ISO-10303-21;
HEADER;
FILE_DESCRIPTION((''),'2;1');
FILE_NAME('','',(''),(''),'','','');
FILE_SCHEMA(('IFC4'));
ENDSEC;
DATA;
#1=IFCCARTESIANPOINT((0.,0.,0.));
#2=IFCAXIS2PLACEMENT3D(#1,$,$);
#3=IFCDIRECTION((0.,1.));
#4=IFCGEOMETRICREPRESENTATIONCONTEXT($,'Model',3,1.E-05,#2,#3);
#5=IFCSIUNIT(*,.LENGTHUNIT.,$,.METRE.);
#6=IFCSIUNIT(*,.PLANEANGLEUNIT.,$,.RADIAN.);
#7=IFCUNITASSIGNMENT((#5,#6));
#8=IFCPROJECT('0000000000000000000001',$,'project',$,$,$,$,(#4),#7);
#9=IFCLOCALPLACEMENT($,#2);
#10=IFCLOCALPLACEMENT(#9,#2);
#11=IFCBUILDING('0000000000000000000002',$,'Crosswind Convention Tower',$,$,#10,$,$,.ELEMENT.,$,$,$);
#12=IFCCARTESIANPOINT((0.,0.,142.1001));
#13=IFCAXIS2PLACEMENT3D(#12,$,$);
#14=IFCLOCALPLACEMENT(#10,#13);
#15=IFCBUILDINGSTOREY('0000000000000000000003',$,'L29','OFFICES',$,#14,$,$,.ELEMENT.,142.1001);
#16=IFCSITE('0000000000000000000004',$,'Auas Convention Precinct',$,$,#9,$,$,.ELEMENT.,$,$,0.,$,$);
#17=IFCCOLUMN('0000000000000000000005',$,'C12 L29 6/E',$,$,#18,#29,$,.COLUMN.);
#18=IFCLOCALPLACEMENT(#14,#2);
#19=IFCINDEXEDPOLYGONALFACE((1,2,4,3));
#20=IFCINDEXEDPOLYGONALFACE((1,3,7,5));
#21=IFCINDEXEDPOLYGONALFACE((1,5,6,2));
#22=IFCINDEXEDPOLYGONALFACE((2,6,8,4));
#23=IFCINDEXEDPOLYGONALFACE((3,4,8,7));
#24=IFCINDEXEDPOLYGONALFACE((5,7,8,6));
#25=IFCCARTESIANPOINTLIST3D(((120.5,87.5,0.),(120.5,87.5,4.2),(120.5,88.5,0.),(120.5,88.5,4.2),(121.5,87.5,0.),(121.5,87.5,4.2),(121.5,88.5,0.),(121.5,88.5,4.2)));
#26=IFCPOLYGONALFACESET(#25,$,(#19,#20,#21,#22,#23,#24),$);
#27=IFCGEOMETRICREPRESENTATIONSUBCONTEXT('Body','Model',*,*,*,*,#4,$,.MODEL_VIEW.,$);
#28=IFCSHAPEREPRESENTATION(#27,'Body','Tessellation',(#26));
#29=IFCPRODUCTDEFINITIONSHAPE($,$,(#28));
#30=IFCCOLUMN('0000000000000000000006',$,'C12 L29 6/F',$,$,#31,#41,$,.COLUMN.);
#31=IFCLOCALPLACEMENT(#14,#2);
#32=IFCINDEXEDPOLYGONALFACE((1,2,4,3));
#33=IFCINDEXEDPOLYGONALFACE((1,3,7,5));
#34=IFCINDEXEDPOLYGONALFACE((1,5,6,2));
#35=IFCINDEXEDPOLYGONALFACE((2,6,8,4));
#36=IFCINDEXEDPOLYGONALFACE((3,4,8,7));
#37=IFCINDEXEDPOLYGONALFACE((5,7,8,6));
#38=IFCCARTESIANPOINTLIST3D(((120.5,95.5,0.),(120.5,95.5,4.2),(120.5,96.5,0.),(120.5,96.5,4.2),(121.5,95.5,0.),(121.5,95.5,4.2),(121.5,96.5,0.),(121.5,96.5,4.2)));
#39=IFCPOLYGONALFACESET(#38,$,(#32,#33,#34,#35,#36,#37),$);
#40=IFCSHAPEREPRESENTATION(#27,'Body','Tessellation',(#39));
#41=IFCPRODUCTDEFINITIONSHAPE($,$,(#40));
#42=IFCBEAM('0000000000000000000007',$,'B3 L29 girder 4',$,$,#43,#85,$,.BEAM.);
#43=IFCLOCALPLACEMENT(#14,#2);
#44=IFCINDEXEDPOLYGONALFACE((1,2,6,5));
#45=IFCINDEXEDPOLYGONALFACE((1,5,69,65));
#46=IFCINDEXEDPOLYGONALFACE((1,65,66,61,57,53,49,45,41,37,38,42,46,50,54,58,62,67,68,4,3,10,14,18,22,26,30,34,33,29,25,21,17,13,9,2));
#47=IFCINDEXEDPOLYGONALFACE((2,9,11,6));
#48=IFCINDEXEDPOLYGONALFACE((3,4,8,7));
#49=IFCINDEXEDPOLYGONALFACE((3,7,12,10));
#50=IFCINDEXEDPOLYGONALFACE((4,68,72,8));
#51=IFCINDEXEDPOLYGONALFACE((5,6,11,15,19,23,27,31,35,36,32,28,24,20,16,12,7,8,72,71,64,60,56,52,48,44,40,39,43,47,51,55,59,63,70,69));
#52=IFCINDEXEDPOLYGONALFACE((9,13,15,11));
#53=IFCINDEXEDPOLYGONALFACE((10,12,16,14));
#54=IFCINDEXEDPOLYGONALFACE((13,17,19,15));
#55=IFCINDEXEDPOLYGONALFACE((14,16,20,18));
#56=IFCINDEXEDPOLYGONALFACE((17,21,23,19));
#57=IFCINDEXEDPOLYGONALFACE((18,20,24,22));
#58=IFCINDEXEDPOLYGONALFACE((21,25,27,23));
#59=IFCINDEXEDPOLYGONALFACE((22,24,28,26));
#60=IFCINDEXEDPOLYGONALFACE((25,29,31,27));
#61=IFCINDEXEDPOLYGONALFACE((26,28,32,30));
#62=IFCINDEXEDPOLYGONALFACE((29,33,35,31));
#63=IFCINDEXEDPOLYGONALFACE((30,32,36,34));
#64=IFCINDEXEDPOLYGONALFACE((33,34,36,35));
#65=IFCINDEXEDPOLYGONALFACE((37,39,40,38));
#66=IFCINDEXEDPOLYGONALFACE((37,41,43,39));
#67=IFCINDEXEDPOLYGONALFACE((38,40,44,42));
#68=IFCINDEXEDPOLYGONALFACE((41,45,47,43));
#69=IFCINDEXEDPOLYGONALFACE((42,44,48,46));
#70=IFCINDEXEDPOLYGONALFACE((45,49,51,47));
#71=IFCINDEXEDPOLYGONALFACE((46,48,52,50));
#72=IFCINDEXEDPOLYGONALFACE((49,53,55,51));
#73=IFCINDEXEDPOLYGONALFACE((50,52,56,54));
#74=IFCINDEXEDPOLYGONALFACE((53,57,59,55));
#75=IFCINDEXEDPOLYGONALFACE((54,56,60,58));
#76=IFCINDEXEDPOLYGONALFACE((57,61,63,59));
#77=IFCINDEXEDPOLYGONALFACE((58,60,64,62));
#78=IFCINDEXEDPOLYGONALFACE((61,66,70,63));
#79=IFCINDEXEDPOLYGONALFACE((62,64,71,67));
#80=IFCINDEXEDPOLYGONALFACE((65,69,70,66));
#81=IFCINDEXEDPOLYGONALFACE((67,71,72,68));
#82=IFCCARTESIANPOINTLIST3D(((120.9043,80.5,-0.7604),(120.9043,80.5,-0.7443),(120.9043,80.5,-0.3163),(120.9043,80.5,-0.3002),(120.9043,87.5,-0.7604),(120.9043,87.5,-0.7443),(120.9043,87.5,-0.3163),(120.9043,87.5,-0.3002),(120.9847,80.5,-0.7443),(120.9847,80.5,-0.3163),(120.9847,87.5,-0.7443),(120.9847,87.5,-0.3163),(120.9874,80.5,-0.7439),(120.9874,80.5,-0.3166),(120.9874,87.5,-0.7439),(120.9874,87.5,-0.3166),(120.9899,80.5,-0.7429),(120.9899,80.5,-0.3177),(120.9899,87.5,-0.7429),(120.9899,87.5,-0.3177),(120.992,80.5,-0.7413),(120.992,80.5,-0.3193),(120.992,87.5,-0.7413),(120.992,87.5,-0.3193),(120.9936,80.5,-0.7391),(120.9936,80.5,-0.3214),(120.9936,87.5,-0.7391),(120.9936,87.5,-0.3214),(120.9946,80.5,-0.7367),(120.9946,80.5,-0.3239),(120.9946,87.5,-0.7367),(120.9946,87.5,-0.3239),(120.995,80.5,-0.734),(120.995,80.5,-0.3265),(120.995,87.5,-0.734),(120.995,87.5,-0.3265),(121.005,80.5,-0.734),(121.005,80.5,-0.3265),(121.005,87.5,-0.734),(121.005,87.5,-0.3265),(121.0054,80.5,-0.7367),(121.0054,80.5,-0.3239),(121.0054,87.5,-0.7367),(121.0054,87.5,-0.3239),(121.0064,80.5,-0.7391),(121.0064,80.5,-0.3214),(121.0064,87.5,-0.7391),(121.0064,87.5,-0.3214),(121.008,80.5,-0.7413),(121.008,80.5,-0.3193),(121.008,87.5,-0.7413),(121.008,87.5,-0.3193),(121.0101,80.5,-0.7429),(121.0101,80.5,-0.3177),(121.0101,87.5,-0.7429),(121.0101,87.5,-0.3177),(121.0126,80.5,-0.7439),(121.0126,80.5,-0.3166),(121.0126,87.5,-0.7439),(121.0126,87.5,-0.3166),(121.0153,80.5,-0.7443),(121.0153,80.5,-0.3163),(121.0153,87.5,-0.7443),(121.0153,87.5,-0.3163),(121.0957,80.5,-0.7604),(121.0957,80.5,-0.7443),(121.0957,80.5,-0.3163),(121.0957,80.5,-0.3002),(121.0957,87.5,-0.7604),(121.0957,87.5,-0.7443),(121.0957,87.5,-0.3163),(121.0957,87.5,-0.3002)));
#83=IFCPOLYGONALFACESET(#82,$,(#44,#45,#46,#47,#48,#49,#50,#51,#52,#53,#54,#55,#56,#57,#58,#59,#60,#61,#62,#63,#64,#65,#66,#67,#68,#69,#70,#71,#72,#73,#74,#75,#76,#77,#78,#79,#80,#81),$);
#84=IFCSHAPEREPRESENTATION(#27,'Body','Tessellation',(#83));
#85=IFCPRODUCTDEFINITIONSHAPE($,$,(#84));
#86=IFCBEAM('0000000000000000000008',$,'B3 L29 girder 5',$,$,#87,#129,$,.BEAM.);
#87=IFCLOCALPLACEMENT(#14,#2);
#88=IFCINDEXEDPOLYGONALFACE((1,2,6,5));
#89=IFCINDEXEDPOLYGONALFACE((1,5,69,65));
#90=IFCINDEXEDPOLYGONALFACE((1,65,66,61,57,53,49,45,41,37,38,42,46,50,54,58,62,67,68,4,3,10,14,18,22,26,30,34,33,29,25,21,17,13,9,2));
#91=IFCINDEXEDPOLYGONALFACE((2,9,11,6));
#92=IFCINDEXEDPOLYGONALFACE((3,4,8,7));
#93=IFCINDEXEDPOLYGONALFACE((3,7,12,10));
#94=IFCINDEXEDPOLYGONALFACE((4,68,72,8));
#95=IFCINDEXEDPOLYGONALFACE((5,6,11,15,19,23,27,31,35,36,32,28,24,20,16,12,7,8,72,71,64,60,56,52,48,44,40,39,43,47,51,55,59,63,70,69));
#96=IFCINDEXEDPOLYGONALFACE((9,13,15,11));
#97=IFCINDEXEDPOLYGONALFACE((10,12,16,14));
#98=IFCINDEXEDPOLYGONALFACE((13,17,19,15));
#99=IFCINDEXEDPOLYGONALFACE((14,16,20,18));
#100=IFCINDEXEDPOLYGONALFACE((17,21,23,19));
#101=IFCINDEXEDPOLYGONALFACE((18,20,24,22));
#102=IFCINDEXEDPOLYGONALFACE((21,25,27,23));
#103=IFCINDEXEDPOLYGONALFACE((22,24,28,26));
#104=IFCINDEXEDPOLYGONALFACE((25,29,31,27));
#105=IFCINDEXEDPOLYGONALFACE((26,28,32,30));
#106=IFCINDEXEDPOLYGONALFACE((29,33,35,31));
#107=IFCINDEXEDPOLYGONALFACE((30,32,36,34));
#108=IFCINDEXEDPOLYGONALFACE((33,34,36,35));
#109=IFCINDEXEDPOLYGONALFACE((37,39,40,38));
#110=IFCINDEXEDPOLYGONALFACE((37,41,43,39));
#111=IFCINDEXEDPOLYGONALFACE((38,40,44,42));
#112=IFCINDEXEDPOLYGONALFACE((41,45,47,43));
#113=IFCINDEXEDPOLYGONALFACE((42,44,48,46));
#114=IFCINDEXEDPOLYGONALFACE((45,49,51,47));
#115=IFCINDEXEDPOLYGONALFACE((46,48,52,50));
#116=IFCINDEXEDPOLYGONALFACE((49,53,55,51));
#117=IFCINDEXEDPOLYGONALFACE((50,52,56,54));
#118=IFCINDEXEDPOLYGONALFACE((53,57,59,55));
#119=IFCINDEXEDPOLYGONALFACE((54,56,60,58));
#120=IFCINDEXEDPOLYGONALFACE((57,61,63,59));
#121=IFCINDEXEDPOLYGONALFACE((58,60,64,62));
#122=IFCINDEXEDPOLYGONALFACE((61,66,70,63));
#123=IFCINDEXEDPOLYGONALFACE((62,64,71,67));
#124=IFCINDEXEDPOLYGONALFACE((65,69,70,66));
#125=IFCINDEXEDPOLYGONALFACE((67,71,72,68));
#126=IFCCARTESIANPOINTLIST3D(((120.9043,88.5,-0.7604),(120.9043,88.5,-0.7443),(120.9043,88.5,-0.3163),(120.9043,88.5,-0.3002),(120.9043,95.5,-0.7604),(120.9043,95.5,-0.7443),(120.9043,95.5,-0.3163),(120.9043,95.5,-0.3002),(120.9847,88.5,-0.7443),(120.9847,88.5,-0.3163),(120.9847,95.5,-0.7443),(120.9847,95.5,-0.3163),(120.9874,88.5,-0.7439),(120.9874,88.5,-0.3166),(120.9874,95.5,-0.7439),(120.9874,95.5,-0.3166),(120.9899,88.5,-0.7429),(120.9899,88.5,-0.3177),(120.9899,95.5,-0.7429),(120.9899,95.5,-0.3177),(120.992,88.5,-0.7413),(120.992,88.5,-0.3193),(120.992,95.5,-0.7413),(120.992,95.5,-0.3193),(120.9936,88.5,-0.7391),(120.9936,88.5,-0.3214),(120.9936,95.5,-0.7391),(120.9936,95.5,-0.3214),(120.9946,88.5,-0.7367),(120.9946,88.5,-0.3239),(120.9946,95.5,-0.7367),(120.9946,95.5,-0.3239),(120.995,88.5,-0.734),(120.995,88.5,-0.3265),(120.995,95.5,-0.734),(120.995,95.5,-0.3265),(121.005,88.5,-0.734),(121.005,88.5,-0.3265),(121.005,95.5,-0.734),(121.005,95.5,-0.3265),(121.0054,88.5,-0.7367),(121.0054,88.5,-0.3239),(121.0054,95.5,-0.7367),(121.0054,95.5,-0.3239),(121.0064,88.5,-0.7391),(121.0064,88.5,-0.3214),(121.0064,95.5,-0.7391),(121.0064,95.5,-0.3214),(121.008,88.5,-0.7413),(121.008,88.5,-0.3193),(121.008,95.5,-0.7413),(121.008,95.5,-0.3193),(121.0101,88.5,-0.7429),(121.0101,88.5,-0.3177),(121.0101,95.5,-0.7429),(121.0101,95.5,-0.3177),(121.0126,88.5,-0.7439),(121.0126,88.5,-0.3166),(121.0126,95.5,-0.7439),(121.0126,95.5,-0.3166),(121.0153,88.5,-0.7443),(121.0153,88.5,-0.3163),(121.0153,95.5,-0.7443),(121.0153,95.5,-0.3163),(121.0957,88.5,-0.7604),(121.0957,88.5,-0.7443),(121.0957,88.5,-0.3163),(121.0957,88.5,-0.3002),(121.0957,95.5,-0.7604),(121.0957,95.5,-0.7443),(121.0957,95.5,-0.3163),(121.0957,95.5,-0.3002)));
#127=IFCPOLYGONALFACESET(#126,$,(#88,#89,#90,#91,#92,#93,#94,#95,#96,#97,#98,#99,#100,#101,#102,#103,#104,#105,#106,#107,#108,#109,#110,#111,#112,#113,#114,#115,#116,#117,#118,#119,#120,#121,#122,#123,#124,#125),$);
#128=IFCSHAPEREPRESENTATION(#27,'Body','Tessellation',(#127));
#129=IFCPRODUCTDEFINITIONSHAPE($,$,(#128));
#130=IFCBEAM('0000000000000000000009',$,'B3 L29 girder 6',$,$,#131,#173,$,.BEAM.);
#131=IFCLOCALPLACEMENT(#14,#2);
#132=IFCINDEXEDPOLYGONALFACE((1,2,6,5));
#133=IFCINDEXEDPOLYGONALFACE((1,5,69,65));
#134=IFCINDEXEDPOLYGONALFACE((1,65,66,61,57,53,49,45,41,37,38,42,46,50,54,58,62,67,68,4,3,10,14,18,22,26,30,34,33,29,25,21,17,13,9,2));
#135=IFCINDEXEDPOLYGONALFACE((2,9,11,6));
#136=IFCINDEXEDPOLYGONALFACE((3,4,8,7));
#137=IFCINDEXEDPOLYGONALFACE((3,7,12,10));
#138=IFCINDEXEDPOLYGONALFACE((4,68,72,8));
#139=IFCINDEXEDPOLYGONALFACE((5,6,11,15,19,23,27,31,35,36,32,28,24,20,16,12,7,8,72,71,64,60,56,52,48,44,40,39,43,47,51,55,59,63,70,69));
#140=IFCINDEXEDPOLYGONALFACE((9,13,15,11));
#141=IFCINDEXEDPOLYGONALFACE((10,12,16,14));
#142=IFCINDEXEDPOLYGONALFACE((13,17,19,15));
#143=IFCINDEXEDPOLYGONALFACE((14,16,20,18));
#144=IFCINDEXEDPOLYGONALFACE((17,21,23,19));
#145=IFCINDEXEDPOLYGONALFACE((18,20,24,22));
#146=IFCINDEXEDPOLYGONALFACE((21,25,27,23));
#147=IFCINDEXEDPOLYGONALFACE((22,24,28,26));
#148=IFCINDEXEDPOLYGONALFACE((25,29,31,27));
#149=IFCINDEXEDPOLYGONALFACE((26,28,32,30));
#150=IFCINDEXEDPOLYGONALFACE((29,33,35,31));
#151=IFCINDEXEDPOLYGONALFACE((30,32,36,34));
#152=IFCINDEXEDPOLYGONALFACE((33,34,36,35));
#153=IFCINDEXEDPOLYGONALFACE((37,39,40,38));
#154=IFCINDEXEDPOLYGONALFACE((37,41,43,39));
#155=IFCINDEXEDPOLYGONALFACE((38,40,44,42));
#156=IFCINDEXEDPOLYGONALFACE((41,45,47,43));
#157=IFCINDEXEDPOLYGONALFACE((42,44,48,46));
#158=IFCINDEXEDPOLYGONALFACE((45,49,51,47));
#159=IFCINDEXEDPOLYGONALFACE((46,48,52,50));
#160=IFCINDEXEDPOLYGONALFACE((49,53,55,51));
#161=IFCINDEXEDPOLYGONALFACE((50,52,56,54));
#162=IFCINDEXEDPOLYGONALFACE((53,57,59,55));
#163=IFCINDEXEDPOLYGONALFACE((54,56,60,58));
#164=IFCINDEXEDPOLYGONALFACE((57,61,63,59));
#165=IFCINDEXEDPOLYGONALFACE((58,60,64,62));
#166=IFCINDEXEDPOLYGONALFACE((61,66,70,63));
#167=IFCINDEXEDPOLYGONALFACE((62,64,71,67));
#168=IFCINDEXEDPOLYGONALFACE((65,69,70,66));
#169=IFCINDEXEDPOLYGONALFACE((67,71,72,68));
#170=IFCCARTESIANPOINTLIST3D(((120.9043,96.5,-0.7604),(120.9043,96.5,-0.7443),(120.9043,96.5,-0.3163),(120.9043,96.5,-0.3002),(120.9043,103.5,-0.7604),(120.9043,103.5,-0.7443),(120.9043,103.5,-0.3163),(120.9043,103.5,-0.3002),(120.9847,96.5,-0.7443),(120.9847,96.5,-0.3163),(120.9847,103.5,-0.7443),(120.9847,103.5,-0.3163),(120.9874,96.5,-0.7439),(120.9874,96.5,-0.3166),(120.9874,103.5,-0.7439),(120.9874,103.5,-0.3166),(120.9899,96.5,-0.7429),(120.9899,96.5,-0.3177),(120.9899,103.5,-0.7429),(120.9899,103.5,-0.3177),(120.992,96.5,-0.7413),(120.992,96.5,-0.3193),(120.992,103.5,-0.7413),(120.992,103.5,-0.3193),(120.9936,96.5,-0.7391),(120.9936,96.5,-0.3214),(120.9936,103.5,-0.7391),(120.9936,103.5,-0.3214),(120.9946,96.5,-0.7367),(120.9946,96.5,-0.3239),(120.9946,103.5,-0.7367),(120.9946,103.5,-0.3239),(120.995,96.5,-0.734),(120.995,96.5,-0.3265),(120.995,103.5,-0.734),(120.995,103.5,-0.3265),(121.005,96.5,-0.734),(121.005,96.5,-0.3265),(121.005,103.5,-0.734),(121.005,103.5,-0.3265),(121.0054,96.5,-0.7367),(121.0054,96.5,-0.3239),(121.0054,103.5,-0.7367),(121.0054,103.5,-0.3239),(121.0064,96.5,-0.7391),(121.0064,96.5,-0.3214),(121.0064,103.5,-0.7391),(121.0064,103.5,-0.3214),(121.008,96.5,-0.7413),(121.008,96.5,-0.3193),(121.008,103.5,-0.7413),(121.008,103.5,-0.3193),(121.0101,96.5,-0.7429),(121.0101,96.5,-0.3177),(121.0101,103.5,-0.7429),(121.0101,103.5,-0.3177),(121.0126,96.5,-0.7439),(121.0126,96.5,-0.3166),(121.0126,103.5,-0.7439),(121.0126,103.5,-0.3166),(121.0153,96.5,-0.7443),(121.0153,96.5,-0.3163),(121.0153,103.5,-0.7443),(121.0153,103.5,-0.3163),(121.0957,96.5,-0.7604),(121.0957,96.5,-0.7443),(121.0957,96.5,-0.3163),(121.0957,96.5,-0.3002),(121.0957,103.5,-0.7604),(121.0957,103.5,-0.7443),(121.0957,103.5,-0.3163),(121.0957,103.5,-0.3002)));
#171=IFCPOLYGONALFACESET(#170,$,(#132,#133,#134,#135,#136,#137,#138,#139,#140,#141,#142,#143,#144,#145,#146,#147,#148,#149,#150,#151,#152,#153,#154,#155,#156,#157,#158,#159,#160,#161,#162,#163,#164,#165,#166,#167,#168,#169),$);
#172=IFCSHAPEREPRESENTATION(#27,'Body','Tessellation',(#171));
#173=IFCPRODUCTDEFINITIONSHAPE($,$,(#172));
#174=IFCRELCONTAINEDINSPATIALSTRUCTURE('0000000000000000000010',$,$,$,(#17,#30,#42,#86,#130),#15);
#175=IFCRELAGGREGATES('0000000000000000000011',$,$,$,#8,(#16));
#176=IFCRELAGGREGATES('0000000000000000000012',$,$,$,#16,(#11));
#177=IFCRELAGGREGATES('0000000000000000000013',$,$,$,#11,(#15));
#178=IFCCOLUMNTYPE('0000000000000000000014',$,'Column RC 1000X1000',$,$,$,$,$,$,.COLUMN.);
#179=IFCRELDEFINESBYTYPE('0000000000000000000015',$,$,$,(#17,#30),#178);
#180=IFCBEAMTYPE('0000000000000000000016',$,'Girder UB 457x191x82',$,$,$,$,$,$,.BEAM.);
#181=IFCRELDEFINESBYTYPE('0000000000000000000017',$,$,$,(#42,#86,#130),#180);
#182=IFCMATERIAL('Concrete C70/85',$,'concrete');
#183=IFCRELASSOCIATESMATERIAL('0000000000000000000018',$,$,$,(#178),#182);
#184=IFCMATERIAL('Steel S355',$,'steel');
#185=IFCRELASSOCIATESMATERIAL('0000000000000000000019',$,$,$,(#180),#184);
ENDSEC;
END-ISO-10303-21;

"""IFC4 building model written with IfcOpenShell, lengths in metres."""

from ifc_helpers import new_model, si_unit, direction, frame, origin, origin_2d, place, context, subcontext, project, spatial, rectangle, i_section, extrude, material, material_profile, profile_set, type_object, element, save


model = new_model("IFC4")

# Units and contexts
model_context = context("Model", 3, precision=1e-05, world=origin(), true_north=direction((0.0, 1.0)))
body_context = subcontext(model_context, "Body", "Model", "MODEL_VIEW")
ifc_project = project(units=[si_unit("LENGTHUNIT", "METRE"), si_unit("PLANEANGLEUNIT", "RADIAN")], contexts=[model_context])

# Site, building, storey
site_placement = place(None, origin())
site = spatial("IfcSite", under=ifc_project, at=site_placement, Name="Auas Convention Precinct", CompositionType="ELEMENT", RefElevation=0.0)
building_placement = place(site_placement, origin())
building = spatial("IfcBuilding", under=site, at=building_placement, Name="Crosswind Convention Tower", CompositionType="ELEMENT")
storey_placement = place(building_placement, frame((0.0, 0.0, 142.1001)))
storey = spatial("IfcBuildingStorey", under=building, at=storey_placement, Name="L29", Description="OFFICES", CompositionType="ELEMENT", Elevation=142.1001)

# Columns
ifc_material_1 = material(Name="Concrete C70/85", Category="concrete")
ifc_material_profile_1 = material_profile(ifc_material_1, rectangle(XDim=1.0, YDim=1.0, at=origin_2d()), Name="RC 1000X1000")
ifc_profile_set_1 = profile_set([ifc_material_profile_1], Name="Concrete C70/85")
column_type = type_object("IfcColumnType", Name="Column RC 1000X1000", PredefinedType="COLUMN", material=ifc_profile_set_1)
for number, where, z_axis, x_axis, name in (
    (1, (121.0, 88.0, 0.0), (0.0, 0.0, 1.0), (1.0, 0.0, 0.0), "C12 L29 6/E"),
    (2, (121.0, 96.0, 0.0), (0.0, 0.0, 1.0), (1.0, 0.0, 0.0), "C12 L29 6/F"),
):
    element("IfcColumn", number, at=place(storey_placement, frame(where, z_axis=z_axis, x_axis=x_axis)), inside=storey, type_object=column_type, Name=name, PredefinedType="COLUMN", context=body_context, shape_type="SweptSolid", body=[
        extrude(rectangle(XDim=1.0, YDim=1.0, at=origin_2d()), origin(), (0.0, 0.0, 1.0), 4.2),
    ])

# Beams
ifc_material_2 = material(Name="Steel S355", Category="steel")
ifc_material_profile_2 = material_profile(ifc_material_2, i_section(OverallWidth=0.1914, OverallDepth=0.4602, WebThickness=0.01, FlangeThickness=0.0161, FilletRadius=0.0103, at=origin_2d()), Name="UB 457x191x82")
ifc_profile_set_2 = profile_set([ifc_material_profile_2], Name="Steel S355")
beam_type_1 = type_object("IfcBeamType", Name="Girder UB 457x191x82", PredefinedType="BEAM", material=ifc_profile_set_2)
for number, where, z_axis, x_axis, name in (
    (3, (121.0, 80.5, -0.5303), (0.0, 1.0, 0.0), (-1.0, 0.0, 0.0), "B3 L29 girder 4"),
    (4, (121.0, 88.5, -0.5303), (0.0, 1.0, 0.0), (-1.0, 0.0, 0.0), "B3 L29 girder 5"),
    (5, (121.0, 96.5, -0.5303), (0.0, 1.0, 0.0), (-1.0, 0.0, 0.0), "B3 L29 girder 6"),
):
    element("IfcBeam", number, at=place(storey_placement, frame(where, z_axis=z_axis, x_axis=x_axis)), inside=storey, type_object=beam_type_1, Name=name, PredefinedType="BEAM", context=body_context, shape_type="SweptSolid", body=[
        extrude(i_section(OverallWidth=0.1914, OverallDepth=0.4602, WebThickness=0.01, FlangeThickness=0.0161, FilletRadius=0.0103, at=origin_2d()), origin(), (0.0, 0.0, 1.0), 7.0),
    ])

save(model, "model.ifc")
